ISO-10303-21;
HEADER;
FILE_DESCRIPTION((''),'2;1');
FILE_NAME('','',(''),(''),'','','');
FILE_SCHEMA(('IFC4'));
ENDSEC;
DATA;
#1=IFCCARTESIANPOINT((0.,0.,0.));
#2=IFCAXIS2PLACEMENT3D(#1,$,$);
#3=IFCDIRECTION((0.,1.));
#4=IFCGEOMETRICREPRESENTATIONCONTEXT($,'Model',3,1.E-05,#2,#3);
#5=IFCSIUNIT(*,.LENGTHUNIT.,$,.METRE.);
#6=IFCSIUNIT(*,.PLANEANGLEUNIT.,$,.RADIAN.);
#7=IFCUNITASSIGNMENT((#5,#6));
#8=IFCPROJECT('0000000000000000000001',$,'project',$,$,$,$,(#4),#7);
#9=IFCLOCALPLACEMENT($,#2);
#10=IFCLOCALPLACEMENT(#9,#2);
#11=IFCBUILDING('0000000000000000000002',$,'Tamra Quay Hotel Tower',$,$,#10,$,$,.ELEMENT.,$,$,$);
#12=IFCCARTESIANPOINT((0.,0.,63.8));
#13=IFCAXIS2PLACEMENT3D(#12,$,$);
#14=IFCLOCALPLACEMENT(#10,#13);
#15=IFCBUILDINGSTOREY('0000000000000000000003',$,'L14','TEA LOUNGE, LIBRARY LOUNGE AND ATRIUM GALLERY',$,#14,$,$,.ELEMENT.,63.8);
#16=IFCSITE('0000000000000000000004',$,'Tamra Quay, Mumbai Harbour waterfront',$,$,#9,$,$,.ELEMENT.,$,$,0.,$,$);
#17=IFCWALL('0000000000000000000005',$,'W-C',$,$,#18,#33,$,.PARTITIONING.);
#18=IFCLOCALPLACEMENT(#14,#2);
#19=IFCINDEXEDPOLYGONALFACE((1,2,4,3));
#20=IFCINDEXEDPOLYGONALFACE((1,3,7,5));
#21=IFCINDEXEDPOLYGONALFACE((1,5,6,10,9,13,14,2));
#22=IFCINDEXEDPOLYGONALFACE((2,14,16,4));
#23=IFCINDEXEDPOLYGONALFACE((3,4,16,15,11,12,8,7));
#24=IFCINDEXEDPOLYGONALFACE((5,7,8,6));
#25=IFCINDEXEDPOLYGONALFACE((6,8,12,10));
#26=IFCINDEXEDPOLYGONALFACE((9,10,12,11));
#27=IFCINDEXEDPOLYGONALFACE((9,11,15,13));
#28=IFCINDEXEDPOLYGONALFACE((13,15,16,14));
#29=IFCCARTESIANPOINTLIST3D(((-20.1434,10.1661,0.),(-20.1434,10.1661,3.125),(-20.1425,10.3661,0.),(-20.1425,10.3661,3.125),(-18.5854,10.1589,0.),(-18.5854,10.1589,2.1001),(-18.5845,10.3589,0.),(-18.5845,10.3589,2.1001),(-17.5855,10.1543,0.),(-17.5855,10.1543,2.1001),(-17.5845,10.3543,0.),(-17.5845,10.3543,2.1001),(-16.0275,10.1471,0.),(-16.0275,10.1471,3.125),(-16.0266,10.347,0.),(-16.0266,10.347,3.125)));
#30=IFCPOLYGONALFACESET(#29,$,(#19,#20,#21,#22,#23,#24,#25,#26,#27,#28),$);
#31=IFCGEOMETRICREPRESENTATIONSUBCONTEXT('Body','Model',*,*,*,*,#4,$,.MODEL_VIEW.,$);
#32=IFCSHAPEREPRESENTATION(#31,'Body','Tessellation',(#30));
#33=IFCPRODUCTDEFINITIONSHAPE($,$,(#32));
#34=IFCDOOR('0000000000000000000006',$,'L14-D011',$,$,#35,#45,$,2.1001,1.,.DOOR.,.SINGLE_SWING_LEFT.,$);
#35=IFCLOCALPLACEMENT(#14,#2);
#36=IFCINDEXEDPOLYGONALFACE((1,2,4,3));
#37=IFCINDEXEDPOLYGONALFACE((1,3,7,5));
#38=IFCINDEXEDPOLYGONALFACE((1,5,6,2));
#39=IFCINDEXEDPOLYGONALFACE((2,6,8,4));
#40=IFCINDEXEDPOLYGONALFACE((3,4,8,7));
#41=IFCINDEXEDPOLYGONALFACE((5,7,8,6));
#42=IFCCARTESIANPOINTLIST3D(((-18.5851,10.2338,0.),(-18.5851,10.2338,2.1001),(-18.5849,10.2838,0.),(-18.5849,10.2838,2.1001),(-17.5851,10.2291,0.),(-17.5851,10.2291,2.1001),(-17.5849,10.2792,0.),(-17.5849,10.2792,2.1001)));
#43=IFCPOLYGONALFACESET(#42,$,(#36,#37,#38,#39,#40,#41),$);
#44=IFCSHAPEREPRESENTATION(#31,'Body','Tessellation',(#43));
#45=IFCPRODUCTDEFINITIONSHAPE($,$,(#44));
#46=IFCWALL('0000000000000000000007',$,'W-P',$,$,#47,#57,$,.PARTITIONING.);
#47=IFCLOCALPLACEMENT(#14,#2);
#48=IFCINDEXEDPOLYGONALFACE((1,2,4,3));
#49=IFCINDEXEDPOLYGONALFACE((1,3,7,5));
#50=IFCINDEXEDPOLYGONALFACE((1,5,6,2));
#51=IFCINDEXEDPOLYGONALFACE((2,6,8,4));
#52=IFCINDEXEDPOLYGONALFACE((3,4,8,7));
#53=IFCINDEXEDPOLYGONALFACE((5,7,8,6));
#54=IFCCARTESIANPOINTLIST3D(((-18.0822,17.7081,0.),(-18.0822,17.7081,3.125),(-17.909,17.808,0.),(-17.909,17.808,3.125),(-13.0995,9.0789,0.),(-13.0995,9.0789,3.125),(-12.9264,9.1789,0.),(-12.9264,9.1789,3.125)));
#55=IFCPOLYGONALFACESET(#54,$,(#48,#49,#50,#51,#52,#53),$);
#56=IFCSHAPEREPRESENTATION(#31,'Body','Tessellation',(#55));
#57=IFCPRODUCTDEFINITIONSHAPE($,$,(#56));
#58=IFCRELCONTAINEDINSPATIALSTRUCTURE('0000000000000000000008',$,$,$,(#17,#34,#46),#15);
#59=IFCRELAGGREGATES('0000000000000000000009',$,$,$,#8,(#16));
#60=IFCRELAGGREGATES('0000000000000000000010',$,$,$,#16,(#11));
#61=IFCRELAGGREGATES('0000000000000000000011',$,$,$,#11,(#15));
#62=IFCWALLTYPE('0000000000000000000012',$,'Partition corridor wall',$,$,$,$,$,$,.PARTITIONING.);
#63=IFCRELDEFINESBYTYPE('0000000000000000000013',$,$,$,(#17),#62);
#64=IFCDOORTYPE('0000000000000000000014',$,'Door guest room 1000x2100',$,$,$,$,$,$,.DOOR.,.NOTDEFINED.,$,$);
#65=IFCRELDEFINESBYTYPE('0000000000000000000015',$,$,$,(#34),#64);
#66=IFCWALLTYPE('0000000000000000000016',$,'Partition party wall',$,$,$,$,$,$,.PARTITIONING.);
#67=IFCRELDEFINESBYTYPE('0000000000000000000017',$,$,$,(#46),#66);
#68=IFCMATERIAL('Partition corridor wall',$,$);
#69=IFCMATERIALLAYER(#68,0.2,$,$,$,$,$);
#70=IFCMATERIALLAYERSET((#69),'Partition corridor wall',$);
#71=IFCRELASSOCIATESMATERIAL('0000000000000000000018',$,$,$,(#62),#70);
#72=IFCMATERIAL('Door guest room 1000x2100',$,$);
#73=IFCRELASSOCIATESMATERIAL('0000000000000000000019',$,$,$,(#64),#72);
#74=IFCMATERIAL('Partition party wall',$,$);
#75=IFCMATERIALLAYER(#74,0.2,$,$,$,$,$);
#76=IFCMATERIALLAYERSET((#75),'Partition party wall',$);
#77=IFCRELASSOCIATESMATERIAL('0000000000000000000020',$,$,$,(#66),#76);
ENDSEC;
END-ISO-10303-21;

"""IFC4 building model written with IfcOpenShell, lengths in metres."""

from ifc_helpers import new_model, si_unit, direction, frame, frame_2d, origin, place, context, subcontext, project, spatial, rectangle, extrude, material, layer, layer_set, type_object, element, fill, save


model = new_model("IFC4")

# Units and contexts
model_context = context("Model", 3, precision=1e-05, world=origin(), true_north=direction((0.0, 1.0)))
body_context = subcontext(model_context, "Body", "Model", "MODEL_VIEW")
ifc_project = project(units=[si_unit("LENGTHUNIT", "METRE"), si_unit("PLANEANGLEUNIT", "RADIAN")], contexts=[model_context])

# Site, building, storey
site_placement = place(None, origin())
site = spatial("IfcSite", under=ifc_project, at=site_placement, Name="Tamra Quay, Mumbai Harbour waterfront", CompositionType="ELEMENT", RefElevation=0.0)
building_placement = place(site_placement, origin())
building = spatial("IfcBuilding", under=site, at=building_placement, Name="Tamra Quay Hotel Tower", CompositionType="ELEMENT")
storey_placement = place(building_placement, frame((0.0, 0.0, 63.8)))
storey = spatial("IfcBuildingStorey", under=building, at=storey_placement, Name="L14", Description="TEA LOUNGE, LIBRARY LOUNGE AND ATRIUM GALLERY", CompositionType="ELEMENT", Elevation=63.8)

# Shared definitions
ifc_material_1 = material(Name="Partition corridor wall")
ifc_layer_1 = layer(ifc_material_1, 0.2)
ifc_layer_set_1 = layer_set([ifc_layer_1], Name="Partition corridor wall")
wall_type_1 = type_object("IfcWallType", Name="Partition corridor wall", PredefinedType="PARTITIONING", material=ifc_layer_set_1)

# Wall, opening, door
wall_1_placement = place(storey_placement, frame((-20.1431, 10.2661, 0.0), z_axis=(0.0, 0.0, 1.0), x_axis=(0.999989, -0.004627, 0.0)))
wall_1 = element("IfcWall", 1, at=wall_1_placement, inside=storey, type_object=wall_type_1, Name="W-C", PredefinedType="PARTITIONING", context=body_context, shape_type="SweptSolid", body=[
    extrude(rectangle(XDim=4.116, YDim=0.2, at=frame_2d((2.0581, 0.0))), origin(), (0.0, 0.0, 1.0), 3.125),
])
opening_1_placement = place(wall_1_placement, frame((1.5581, 0.0, 0.0)))
opening_1 = element("IfcOpeningElement", 2, at=opening_1_placement, cuts=wall_1, PredefinedType="OPENING", context=body_context, shape_type="SweptSolid", body=[
    extrude(rectangle(XDim=1.0, YDim=2.1001, at=frame_2d((0.5, 1.05))), frame((0.0, 0.1099, 0.0), z_axis=(0.0, -1.0, 0.0), x_axis=(1.0, 0.0, 0.0)), (0.0, 0.0, 1.0), 0.22),
])
ifc_material_2 = material(Name="Door guest room 1000x2100")
door_type_1 = type_object("IfcDoorType", Name="Door guest room 1000x2100", OperationType="NOTDEFINED", PredefinedType="DOOR", material=ifc_material_2)
door_1_placement = place(opening_1_placement, origin())
door_1 = element("IfcDoor", 3, at=door_1_placement, inside=storey, type_object=door_type_1, Name="L14-D011", OperationType="SINGLE_SWING_LEFT", OverallHeight=2.1001, OverallWidth=1.0, PredefinedType="DOOR", context=body_context, shape_type="SweptSolid", body=[
    extrude(rectangle(XDim=1.0, YDim=2.1001, at=frame_2d((0.5, 1.05))), frame((0.0, 0.0249, 0.0), z_axis=(0.0, -1.0, 0.0), x_axis=(1.0, 0.0, 0.0)), (0.0, 0.0, 1.0), 0.05),
])
fill(opening_1, door_1)

# Wall
ifc_material_3 = material(Name="Partition party wall")
ifc_layer_2 = layer(ifc_material_3, 0.2)
ifc_layer_set_2 = layer_set([ifc_layer_2], Name="Partition party wall")
wall_type_2 = type_object("IfcWallType", Name="Partition party wall", PredefinedType="PARTITIONING", material=ifc_layer_set_2)
wall_2_placement = place(storey_placement, frame((-17.9956, 17.7581, 0.0), z_axis=(0.0, 0.0, 1.0), x_axis=(0.500047, -0.865998, 0.0)))
element("IfcWall", 4, at=wall_2_placement, inside=storey, type_object=wall_type_2, Name="W-P", PredefinedType="PARTITIONING", context=body_context, shape_type="SweptSolid", body=[
    extrude(rectangle(XDim=9.9644, YDim=0.2, at=frame_2d((4.9822, 0.0))), origin(), (0.0, 0.0, 1.0), 3.125),
])

save(model, "model.ifc")
